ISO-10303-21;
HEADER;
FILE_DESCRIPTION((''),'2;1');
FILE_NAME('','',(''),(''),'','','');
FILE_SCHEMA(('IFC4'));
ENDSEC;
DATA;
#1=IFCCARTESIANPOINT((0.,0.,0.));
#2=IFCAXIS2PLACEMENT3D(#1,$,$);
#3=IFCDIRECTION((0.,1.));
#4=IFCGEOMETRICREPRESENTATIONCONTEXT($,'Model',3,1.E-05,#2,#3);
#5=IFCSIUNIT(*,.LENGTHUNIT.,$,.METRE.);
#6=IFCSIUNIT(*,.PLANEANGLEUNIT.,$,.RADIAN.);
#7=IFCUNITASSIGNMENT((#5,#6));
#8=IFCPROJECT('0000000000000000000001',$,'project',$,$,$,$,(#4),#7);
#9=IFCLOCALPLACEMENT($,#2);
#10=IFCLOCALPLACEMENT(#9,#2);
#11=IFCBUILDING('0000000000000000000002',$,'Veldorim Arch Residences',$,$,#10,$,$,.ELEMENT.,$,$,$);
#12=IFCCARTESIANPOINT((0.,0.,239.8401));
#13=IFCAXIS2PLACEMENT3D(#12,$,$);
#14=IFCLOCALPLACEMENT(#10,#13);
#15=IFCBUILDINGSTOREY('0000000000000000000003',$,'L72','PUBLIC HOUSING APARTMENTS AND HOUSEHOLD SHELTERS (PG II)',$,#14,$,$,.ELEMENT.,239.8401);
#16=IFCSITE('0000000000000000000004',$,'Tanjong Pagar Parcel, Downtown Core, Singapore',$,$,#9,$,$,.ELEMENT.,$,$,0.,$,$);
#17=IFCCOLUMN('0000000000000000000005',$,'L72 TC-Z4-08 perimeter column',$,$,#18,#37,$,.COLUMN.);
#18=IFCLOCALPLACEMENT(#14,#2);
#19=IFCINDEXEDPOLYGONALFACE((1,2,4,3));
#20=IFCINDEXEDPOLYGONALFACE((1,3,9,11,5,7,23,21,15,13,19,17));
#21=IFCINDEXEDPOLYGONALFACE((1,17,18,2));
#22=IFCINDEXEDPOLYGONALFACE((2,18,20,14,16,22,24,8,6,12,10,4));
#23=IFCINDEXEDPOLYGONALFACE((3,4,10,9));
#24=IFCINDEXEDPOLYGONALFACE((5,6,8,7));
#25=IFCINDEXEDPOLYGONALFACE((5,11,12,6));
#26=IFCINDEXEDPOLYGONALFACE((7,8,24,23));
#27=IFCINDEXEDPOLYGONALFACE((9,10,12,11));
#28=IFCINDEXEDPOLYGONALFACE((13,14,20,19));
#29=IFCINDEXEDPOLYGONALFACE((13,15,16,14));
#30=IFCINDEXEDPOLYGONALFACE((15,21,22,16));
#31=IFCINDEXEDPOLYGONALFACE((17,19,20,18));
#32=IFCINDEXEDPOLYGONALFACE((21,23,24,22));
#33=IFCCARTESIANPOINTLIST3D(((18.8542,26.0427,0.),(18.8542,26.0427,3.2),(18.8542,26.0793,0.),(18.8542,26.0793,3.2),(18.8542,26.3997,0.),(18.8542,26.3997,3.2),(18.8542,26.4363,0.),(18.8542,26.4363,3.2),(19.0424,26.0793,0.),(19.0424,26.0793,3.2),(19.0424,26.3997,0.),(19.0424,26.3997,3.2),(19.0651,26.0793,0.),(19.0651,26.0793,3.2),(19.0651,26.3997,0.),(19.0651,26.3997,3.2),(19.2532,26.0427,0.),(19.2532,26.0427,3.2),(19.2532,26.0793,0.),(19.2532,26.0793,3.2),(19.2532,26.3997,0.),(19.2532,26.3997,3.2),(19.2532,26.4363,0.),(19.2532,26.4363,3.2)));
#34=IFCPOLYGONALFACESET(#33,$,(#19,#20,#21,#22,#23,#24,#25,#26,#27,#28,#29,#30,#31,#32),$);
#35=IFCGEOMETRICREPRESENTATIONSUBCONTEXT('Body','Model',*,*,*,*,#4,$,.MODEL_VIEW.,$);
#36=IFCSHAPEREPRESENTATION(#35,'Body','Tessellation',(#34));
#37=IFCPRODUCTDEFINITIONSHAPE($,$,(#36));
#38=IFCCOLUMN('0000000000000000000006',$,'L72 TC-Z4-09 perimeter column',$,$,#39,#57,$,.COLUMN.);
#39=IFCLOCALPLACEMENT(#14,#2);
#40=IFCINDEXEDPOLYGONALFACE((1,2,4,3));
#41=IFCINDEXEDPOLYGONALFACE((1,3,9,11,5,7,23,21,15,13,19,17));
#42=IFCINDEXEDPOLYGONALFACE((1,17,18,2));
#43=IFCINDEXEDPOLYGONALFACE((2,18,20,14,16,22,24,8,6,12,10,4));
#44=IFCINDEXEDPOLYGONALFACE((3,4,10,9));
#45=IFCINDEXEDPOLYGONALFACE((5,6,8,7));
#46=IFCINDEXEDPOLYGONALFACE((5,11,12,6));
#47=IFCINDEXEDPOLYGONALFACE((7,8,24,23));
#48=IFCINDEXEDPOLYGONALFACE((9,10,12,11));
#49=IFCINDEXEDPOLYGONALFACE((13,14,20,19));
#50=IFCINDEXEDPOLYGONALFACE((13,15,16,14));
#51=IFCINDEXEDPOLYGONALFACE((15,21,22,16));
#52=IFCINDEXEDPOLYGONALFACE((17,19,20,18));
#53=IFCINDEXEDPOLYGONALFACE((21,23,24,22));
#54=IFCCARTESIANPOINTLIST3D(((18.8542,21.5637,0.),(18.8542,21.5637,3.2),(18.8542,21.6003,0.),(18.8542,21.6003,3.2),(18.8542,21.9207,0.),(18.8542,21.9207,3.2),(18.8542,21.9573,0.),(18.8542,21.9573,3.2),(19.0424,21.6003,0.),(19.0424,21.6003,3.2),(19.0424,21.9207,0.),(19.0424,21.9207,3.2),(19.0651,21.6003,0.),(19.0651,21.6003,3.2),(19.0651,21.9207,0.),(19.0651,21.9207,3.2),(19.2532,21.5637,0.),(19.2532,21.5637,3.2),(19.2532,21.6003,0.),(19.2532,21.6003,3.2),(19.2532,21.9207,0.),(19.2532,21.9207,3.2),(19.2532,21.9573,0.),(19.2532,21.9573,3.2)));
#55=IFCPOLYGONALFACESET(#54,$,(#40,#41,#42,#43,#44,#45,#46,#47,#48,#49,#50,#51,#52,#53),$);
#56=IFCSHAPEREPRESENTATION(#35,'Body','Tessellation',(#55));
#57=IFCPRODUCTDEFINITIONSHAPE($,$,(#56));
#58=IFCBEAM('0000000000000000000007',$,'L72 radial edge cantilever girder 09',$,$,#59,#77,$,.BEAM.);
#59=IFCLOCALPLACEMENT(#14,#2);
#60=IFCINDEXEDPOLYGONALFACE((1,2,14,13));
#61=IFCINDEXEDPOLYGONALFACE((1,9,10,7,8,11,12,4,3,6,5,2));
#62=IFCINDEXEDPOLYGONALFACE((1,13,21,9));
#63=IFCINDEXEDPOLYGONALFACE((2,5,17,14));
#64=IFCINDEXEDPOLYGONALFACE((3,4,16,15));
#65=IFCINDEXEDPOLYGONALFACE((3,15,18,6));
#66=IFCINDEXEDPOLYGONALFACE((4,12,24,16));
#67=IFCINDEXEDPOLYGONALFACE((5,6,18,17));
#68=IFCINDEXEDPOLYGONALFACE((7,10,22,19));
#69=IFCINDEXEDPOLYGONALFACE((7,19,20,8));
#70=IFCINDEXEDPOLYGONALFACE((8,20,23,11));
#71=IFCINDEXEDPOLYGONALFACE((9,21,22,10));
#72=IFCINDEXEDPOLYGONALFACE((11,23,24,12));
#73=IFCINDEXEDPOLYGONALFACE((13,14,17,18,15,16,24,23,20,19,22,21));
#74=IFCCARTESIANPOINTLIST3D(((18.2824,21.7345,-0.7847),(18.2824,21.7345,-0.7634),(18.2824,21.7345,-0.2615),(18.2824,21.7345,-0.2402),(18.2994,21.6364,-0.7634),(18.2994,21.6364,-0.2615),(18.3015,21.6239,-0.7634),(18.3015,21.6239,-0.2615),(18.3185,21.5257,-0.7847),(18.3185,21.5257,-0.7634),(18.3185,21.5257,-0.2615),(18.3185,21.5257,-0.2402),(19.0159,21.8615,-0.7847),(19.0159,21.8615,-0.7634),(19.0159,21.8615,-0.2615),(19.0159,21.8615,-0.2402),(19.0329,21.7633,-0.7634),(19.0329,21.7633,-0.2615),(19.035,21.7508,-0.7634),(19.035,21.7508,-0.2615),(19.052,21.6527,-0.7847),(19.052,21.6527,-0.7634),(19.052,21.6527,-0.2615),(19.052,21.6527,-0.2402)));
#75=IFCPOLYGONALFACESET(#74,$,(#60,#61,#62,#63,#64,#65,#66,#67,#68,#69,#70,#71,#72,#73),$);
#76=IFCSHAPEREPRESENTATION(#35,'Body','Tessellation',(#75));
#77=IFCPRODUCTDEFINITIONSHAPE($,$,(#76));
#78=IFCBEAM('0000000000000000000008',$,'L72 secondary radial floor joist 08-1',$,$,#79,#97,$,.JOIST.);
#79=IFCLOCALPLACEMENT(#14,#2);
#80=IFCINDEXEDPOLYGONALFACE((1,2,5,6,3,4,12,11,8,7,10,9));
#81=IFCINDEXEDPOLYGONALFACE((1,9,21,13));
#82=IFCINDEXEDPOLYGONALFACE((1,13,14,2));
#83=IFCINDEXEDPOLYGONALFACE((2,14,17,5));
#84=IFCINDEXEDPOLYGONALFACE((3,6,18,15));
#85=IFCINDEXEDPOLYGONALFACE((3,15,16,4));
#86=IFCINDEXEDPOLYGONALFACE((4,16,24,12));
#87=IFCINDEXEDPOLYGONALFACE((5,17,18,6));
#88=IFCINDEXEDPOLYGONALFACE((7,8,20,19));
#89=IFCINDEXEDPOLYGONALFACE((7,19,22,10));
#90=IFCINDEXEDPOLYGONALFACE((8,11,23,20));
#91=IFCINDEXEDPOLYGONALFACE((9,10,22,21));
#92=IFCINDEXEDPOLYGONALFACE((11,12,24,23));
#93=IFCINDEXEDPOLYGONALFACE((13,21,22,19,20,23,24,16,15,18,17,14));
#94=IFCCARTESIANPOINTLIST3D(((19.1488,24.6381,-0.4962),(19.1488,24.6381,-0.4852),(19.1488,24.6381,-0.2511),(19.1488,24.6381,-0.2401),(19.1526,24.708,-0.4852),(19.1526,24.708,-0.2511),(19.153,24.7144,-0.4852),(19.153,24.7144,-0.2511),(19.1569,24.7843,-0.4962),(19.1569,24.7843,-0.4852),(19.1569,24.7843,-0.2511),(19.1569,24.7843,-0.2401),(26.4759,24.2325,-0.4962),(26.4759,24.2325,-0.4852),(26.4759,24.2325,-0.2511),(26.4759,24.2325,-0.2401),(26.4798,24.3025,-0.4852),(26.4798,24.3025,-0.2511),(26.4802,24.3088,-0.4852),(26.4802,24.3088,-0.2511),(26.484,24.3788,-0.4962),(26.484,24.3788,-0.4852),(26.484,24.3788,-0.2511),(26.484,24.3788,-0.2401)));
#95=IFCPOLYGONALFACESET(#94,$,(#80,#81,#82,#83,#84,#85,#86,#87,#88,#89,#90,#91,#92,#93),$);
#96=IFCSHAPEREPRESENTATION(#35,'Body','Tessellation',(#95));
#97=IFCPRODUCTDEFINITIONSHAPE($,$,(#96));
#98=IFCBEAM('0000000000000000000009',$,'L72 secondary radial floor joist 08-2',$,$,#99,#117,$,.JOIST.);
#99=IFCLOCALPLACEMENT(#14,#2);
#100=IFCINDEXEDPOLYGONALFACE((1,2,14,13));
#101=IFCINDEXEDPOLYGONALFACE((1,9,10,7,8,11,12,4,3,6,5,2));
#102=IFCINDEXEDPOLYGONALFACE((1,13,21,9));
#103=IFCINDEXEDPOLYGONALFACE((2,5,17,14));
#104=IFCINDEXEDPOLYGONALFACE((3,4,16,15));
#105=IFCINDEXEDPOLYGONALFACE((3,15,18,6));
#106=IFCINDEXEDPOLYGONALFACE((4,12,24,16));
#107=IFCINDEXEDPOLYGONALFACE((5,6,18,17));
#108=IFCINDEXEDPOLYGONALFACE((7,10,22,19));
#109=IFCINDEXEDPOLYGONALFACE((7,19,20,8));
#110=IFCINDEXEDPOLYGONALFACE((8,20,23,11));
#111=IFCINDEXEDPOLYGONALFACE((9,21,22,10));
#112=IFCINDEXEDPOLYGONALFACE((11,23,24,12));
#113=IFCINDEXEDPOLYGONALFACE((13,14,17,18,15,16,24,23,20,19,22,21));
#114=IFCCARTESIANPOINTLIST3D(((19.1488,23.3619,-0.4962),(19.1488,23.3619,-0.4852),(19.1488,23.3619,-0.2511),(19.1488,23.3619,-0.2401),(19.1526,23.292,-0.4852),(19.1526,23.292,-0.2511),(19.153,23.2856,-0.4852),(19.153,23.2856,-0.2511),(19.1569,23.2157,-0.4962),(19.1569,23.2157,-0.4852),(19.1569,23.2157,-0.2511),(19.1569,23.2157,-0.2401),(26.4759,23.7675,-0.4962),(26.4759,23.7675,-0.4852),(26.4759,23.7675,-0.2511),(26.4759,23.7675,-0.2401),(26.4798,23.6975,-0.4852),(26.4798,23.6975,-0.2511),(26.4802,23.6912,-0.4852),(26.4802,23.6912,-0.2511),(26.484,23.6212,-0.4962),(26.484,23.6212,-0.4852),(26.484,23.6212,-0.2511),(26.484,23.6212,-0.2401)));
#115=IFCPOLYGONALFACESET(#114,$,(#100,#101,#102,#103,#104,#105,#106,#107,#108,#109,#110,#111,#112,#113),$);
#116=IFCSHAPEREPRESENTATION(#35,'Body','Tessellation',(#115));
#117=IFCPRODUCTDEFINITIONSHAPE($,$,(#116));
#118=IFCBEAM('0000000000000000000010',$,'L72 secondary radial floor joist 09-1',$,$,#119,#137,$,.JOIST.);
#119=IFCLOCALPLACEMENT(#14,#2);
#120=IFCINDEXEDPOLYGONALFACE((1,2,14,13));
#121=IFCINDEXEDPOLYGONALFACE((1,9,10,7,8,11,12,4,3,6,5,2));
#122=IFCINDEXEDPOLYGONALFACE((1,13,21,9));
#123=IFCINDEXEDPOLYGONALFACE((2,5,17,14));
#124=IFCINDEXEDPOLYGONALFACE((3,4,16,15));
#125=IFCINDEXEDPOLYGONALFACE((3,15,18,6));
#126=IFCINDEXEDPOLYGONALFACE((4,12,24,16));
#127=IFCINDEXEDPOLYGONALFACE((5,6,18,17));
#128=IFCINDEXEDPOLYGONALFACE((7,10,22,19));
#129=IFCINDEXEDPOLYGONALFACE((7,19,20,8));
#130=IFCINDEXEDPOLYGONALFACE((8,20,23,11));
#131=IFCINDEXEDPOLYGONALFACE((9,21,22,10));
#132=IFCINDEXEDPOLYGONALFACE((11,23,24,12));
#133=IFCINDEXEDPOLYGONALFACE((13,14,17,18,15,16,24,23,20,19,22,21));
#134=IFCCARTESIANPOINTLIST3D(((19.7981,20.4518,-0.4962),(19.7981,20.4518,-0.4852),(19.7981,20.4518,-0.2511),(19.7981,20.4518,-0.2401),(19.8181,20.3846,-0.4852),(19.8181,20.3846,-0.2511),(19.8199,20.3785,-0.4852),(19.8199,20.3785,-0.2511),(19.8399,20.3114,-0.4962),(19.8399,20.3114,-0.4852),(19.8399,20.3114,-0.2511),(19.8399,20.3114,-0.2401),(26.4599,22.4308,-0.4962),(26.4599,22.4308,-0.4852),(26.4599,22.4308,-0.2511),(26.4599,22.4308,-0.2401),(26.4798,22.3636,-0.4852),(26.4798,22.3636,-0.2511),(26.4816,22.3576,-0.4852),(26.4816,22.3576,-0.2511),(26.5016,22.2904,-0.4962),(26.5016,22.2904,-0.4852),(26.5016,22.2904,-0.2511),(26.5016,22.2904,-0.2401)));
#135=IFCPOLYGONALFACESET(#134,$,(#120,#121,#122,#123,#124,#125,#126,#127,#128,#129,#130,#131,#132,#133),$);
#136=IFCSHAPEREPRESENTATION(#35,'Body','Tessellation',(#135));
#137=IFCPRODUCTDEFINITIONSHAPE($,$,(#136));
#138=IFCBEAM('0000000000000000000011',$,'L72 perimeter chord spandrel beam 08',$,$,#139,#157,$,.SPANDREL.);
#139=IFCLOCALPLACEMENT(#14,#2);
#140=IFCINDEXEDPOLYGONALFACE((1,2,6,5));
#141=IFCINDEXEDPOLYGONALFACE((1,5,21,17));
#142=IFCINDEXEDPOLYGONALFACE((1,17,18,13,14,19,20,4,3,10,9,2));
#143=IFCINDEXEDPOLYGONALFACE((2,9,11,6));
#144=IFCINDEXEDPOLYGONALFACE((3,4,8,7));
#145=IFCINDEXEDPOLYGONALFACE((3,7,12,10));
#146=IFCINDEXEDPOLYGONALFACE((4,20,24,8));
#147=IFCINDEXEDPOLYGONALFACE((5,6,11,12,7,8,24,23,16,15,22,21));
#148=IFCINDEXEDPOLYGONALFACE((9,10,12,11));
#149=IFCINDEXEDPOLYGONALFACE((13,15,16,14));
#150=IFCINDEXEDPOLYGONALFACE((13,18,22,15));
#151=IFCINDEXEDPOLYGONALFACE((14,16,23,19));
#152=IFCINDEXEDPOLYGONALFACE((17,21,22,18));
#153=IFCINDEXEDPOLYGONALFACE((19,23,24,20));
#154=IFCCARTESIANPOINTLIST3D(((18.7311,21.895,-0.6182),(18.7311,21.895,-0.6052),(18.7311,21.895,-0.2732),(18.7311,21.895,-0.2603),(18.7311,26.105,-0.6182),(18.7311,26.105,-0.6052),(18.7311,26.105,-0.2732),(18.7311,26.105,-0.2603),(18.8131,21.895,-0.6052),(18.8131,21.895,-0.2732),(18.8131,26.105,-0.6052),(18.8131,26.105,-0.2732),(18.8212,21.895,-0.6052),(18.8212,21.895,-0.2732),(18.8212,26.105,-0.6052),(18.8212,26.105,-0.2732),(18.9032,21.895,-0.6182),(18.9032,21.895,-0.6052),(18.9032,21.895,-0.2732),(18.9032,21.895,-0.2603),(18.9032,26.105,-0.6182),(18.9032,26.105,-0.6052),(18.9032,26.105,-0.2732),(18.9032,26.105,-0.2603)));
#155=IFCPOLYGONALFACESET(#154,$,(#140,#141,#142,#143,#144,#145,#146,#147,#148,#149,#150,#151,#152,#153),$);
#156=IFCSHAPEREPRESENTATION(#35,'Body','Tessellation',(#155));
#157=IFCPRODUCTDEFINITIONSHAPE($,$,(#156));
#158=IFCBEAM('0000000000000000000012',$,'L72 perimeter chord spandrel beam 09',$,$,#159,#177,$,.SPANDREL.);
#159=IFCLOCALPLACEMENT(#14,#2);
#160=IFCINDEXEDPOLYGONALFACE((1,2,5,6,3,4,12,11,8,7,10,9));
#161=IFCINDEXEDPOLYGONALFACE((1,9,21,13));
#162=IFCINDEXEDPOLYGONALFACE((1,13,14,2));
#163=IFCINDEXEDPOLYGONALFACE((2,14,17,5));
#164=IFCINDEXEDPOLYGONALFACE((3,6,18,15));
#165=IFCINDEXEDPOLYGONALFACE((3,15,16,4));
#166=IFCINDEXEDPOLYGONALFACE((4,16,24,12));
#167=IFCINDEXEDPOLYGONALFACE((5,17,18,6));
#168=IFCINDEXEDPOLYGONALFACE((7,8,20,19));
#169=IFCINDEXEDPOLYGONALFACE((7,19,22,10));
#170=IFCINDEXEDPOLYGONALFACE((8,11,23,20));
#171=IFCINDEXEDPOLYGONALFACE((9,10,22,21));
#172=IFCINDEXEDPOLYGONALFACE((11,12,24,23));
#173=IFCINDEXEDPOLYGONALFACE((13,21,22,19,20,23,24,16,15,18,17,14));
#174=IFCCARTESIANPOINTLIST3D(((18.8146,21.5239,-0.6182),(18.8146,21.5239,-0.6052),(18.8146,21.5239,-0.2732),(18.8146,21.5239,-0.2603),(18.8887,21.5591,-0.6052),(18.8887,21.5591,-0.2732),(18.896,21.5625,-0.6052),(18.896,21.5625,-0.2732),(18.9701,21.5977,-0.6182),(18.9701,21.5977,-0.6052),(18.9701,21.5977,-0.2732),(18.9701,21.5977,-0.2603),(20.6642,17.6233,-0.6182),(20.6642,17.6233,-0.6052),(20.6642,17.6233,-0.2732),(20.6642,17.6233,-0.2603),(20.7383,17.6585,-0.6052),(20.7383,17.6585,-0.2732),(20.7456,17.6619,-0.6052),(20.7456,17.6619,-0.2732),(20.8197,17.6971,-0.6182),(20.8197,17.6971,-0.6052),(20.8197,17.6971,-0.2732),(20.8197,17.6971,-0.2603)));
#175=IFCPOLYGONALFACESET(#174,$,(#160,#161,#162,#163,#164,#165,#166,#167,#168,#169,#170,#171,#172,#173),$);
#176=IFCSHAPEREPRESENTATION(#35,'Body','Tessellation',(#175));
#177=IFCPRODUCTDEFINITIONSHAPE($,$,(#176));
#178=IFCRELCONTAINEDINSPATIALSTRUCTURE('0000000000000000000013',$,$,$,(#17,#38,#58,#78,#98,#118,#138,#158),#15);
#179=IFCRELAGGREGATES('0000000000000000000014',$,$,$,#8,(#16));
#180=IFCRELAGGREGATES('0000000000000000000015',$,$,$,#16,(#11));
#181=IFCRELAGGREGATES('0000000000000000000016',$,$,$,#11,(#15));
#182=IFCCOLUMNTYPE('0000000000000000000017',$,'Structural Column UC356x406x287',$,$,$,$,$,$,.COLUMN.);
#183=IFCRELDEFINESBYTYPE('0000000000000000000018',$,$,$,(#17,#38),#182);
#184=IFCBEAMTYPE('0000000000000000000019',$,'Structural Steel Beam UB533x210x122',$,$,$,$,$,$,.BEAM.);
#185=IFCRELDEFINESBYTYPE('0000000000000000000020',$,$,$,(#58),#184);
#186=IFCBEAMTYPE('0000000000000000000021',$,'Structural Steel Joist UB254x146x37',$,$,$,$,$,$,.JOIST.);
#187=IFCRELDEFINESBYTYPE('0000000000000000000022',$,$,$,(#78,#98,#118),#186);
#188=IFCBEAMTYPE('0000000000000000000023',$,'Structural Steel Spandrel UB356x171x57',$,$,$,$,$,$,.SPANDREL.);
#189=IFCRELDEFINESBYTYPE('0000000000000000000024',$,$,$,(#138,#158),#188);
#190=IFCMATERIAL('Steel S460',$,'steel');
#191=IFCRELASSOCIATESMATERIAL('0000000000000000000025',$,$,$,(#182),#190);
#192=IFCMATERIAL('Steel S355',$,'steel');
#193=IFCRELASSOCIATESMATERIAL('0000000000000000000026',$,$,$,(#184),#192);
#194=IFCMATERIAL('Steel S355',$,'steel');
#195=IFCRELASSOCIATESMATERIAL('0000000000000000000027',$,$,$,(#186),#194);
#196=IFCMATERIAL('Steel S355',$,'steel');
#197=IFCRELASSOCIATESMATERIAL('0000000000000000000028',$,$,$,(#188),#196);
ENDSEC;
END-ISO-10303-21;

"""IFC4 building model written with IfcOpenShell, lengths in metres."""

from ifc_helpers import new_model, si_unit, direction, frame, origin, origin_2d, place, context, subcontext, project, spatial, i_section, extrude, material, material_profile, profile_set, type_object, element, save


model = new_model("IFC4")

# Units and contexts
model_context = context("Model", 3, precision=1e-05, world=origin(), true_north=direction((0.0, 1.0)))
body_context = subcontext(model_context, "Body", "Model", "MODEL_VIEW")
ifc_project = project(units=[si_unit("LENGTHUNIT", "METRE"), si_unit("PLANEANGLEUNIT", "RADIAN")], contexts=[model_context])

# Site, building, storey
site_placement = place(None, origin())
site = spatial("IfcSite", under=ifc_project, at=site_placement, Name="Tanjong Pagar Parcel, Downtown Core, Singapore", CompositionType="ELEMENT", RefElevation=0.0)
building_placement = place(site_placement, origin())
building = spatial("IfcBuilding", under=site, at=building_placement, Name="Veldorim Arch Residences", CompositionType="ELEMENT")
storey_placement = place(building_placement, frame((0.0, 0.0, 239.8401)))
storey = spatial("IfcBuildingStorey", under=building, at=storey_placement, Name="L72", Description="PUBLIC HOUSING APARTMENTS AND HOUSEHOLD SHELTERS (PG II)", CompositionType="ELEMENT", Elevation=239.8401)

# Columns
ifc_material_1 = material(Name="Steel S460", Category="steel")
ifc_material_profile_1 = material_profile(ifc_material_1, i_section(OverallWidth=0.3989, OverallDepth=0.3936, WebThickness=0.0227, FlangeThickness=0.0366, at=origin_2d()), Name="UC356x406x287")
ifc_profile_set_1 = profile_set([ifc_material_profile_1], Name="Steel S460")
column_type = type_object("IfcColumnType", Name="Structural Column UC356x406x287", PredefinedType="COLUMN", material=ifc_profile_set_1)
for number, where, z_axis, x_axis, name in (
    (1, (19.0537, 26.2395, 0.0), (0.0, 0.0, 1.0), (1.0, 0.0, 0.0), "L72 TC-Z4-08 perimeter column"),
    (2, (19.0537, 21.7605, 0.0), (0.0, 0.0, 1.0), (1.0, 0.0, 0.0), "L72 TC-Z4-09 perimeter column"),
):
    element("IfcColumn", number, at=place(storey_placement, frame(where, z_axis=z_axis, x_axis=x_axis)), inside=storey, type_object=column_type, Name=name, PredefinedType="COLUMN", context=body_context, shape_type="SweptSolid", body=[
        extrude(i_section(OverallWidth=0.3989, OverallDepth=0.3936, WebThickness=0.0227, FlangeThickness=0.0366, at=origin_2d()), origin(), (0.0, 0.0, 1.0), 3.2),
    ])

# Beams
ifc_material_2 = material(Name="Steel S355", Category="steel")
ifc_material_profile_2 = material_profile(ifc_material_2, i_section(OverallWidth=0.2119, OverallDepth=0.5444, WebThickness=0.0127, FlangeThickness=0.0212, at=origin_2d()), Name="UB533x210x122")
ifc_profile_set_2 = profile_set([ifc_material_profile_2], Name="Steel S355")
beam_type_1 = type_object("IfcBeamType", Name="Structural Steel Beam UB533x210x122", PredefinedType="BEAM", material=ifc_profile_set_2)
beam_1_placement = place(storey_placement, frame((19.0339, 21.7571, -0.5125), z_axis=(-0.985346, -0.170566, 0.0), x_axis=(0.170566, -0.985346, 0.0)))
element("IfcBeam", 3, at=beam_1_placement, inside=storey, type_object=beam_type_1, Name="L72 radial edge cantilever girder 09", PredefinedType="BEAM", context=body_context, shape_type="SweptSolid", body=[
    extrude(i_section(OverallWidth=0.2119, OverallDepth=0.5444, WebThickness=0.0127, FlangeThickness=0.0212, at=origin_2d()), origin(), (0.0, 0.0, 1.0), 0.7444),
])
ifc_material_3 = material(Name="Steel S355", Category="steel")
ifc_material_profile_3 = material_profile(ifc_material_3, i_section(OverallWidth=0.1465, OverallDepth=0.2561, WebThickness=0.0063, FlangeThickness=0.011, at=origin_2d()), Name="UB254x146x37")
ifc_profile_set_3 = profile_set([ifc_material_profile_3], Name="Steel S355")
beam_type_2 = type_object("IfcBeamType", Name="Structural Steel Joist UB254x146x37", PredefinedType="JOIST", material=ifc_profile_set_3)
for number, where, z_axis, x_axis, name in (
    (4, (26.48, 24.3057, -0.3682), (-0.998472, 0.05526, 0.0), (-0.05526, -0.998472, 0.0), "L72 secondary radial floor joist 08-1"),
    (5, (26.48, 23.6943, -0.3682), (-0.998472, -0.05526, 0.0), (0.05526, -0.998472, 0.0), "L72 secondary radial floor joist 08-2"),
):
    element("IfcBeam", number, at=place(storey_placement, frame(where, z_axis=z_axis, x_axis=x_axis)), inside=storey, type_object=beam_type_2, Name=name, PredefinedType="JOIST", context=body_context, shape_type="SweptSolid", body=[
        extrude(i_section(OverallWidth=0.1465, OverallDepth=0.2561, WebThickness=0.0063, FlangeThickness=0.011, at=origin_2d()), origin(), (0.0, 0.0, 1.0), 7.3384),
    ])
beam_2_placement = place(storey_placement, frame((26.4807, 22.3606, -0.3682), z_axis=(-0.958594, -0.284775, 0.0), x_axis=(0.284775, -0.958594, 0.0)))
element("IfcBeam", 6, at=beam_2_placement, inside=storey, type_object=beam_type_2, Name="L72 secondary radial floor joist 09-1", PredefinedType="JOIST", context=body_context, shape_type="SweptSolid", body=[
    extrude(i_section(OverallWidth=0.1465, OverallDepth=0.2561, WebThickness=0.0063, FlangeThickness=0.011, at=origin_2d()), origin(), (0.0, 0.0, 1.0), 6.9495),
])
ifc_material_4 = material(Name="Steel S355", Category="steel")
ifc_material_profile_4 = material_profile(ifc_material_4, i_section(OverallWidth=0.1721, OverallDepth=0.3579, WebThickness=0.0081, FlangeThickness=0.0129, at=origin_2d()), Name="UB356x171x57")
ifc_profile_set_4 = profile_set([ifc_material_profile_4], Name="Steel S355")
beam_type_3 = type_object("IfcBeamType", Name="Structural Steel Spandrel UB356x171x57", PredefinedType="SPANDREL", material=ifc_profile_set_4)
beam_3_placement = place(storey_placement, frame((18.8171, 26.105, -0.4392), z_axis=(0.0, -1.0, 0.0), x_axis=(1.0, 0.0, 0.0)))
element("IfcBeam", 7, at=beam_3_placement, inside=storey, type_object=beam_type_3, Name="L72 perimeter chord spandrel beam 08", PredefinedType="SPANDREL", context=body_context, shape_type="SweptSolid", body=[
    extrude(i_section(OverallWidth=0.1721, OverallDepth=0.3579, WebThickness=0.0081, FlangeThickness=0.0129, at=origin_2d()), origin(), (0.0, 0.0, 1.0), 4.21),
])
beam_4_placement = place(storey_placement, frame((18.8923, 21.5608, -0.4392), z_axis=(0.428453, -0.903564, 0.0), x_axis=(0.903564, 0.428453, 0.0)))
element("IfcBeam", 8, at=beam_4_placement, inside=storey, type_object=beam_type_3, Name="L72 perimeter chord spandrel beam 09", PredefinedType="SPANDREL", context=body_context, shape_type="SweptSolid", body=[
    extrude(i_section(OverallWidth=0.1721, OverallDepth=0.3579, WebThickness=0.0081, FlangeThickness=0.0129, at=origin_2d()), origin(), (0.0, 0.0, 1.0), 4.3169),
])

save(model, "model.ifc")
